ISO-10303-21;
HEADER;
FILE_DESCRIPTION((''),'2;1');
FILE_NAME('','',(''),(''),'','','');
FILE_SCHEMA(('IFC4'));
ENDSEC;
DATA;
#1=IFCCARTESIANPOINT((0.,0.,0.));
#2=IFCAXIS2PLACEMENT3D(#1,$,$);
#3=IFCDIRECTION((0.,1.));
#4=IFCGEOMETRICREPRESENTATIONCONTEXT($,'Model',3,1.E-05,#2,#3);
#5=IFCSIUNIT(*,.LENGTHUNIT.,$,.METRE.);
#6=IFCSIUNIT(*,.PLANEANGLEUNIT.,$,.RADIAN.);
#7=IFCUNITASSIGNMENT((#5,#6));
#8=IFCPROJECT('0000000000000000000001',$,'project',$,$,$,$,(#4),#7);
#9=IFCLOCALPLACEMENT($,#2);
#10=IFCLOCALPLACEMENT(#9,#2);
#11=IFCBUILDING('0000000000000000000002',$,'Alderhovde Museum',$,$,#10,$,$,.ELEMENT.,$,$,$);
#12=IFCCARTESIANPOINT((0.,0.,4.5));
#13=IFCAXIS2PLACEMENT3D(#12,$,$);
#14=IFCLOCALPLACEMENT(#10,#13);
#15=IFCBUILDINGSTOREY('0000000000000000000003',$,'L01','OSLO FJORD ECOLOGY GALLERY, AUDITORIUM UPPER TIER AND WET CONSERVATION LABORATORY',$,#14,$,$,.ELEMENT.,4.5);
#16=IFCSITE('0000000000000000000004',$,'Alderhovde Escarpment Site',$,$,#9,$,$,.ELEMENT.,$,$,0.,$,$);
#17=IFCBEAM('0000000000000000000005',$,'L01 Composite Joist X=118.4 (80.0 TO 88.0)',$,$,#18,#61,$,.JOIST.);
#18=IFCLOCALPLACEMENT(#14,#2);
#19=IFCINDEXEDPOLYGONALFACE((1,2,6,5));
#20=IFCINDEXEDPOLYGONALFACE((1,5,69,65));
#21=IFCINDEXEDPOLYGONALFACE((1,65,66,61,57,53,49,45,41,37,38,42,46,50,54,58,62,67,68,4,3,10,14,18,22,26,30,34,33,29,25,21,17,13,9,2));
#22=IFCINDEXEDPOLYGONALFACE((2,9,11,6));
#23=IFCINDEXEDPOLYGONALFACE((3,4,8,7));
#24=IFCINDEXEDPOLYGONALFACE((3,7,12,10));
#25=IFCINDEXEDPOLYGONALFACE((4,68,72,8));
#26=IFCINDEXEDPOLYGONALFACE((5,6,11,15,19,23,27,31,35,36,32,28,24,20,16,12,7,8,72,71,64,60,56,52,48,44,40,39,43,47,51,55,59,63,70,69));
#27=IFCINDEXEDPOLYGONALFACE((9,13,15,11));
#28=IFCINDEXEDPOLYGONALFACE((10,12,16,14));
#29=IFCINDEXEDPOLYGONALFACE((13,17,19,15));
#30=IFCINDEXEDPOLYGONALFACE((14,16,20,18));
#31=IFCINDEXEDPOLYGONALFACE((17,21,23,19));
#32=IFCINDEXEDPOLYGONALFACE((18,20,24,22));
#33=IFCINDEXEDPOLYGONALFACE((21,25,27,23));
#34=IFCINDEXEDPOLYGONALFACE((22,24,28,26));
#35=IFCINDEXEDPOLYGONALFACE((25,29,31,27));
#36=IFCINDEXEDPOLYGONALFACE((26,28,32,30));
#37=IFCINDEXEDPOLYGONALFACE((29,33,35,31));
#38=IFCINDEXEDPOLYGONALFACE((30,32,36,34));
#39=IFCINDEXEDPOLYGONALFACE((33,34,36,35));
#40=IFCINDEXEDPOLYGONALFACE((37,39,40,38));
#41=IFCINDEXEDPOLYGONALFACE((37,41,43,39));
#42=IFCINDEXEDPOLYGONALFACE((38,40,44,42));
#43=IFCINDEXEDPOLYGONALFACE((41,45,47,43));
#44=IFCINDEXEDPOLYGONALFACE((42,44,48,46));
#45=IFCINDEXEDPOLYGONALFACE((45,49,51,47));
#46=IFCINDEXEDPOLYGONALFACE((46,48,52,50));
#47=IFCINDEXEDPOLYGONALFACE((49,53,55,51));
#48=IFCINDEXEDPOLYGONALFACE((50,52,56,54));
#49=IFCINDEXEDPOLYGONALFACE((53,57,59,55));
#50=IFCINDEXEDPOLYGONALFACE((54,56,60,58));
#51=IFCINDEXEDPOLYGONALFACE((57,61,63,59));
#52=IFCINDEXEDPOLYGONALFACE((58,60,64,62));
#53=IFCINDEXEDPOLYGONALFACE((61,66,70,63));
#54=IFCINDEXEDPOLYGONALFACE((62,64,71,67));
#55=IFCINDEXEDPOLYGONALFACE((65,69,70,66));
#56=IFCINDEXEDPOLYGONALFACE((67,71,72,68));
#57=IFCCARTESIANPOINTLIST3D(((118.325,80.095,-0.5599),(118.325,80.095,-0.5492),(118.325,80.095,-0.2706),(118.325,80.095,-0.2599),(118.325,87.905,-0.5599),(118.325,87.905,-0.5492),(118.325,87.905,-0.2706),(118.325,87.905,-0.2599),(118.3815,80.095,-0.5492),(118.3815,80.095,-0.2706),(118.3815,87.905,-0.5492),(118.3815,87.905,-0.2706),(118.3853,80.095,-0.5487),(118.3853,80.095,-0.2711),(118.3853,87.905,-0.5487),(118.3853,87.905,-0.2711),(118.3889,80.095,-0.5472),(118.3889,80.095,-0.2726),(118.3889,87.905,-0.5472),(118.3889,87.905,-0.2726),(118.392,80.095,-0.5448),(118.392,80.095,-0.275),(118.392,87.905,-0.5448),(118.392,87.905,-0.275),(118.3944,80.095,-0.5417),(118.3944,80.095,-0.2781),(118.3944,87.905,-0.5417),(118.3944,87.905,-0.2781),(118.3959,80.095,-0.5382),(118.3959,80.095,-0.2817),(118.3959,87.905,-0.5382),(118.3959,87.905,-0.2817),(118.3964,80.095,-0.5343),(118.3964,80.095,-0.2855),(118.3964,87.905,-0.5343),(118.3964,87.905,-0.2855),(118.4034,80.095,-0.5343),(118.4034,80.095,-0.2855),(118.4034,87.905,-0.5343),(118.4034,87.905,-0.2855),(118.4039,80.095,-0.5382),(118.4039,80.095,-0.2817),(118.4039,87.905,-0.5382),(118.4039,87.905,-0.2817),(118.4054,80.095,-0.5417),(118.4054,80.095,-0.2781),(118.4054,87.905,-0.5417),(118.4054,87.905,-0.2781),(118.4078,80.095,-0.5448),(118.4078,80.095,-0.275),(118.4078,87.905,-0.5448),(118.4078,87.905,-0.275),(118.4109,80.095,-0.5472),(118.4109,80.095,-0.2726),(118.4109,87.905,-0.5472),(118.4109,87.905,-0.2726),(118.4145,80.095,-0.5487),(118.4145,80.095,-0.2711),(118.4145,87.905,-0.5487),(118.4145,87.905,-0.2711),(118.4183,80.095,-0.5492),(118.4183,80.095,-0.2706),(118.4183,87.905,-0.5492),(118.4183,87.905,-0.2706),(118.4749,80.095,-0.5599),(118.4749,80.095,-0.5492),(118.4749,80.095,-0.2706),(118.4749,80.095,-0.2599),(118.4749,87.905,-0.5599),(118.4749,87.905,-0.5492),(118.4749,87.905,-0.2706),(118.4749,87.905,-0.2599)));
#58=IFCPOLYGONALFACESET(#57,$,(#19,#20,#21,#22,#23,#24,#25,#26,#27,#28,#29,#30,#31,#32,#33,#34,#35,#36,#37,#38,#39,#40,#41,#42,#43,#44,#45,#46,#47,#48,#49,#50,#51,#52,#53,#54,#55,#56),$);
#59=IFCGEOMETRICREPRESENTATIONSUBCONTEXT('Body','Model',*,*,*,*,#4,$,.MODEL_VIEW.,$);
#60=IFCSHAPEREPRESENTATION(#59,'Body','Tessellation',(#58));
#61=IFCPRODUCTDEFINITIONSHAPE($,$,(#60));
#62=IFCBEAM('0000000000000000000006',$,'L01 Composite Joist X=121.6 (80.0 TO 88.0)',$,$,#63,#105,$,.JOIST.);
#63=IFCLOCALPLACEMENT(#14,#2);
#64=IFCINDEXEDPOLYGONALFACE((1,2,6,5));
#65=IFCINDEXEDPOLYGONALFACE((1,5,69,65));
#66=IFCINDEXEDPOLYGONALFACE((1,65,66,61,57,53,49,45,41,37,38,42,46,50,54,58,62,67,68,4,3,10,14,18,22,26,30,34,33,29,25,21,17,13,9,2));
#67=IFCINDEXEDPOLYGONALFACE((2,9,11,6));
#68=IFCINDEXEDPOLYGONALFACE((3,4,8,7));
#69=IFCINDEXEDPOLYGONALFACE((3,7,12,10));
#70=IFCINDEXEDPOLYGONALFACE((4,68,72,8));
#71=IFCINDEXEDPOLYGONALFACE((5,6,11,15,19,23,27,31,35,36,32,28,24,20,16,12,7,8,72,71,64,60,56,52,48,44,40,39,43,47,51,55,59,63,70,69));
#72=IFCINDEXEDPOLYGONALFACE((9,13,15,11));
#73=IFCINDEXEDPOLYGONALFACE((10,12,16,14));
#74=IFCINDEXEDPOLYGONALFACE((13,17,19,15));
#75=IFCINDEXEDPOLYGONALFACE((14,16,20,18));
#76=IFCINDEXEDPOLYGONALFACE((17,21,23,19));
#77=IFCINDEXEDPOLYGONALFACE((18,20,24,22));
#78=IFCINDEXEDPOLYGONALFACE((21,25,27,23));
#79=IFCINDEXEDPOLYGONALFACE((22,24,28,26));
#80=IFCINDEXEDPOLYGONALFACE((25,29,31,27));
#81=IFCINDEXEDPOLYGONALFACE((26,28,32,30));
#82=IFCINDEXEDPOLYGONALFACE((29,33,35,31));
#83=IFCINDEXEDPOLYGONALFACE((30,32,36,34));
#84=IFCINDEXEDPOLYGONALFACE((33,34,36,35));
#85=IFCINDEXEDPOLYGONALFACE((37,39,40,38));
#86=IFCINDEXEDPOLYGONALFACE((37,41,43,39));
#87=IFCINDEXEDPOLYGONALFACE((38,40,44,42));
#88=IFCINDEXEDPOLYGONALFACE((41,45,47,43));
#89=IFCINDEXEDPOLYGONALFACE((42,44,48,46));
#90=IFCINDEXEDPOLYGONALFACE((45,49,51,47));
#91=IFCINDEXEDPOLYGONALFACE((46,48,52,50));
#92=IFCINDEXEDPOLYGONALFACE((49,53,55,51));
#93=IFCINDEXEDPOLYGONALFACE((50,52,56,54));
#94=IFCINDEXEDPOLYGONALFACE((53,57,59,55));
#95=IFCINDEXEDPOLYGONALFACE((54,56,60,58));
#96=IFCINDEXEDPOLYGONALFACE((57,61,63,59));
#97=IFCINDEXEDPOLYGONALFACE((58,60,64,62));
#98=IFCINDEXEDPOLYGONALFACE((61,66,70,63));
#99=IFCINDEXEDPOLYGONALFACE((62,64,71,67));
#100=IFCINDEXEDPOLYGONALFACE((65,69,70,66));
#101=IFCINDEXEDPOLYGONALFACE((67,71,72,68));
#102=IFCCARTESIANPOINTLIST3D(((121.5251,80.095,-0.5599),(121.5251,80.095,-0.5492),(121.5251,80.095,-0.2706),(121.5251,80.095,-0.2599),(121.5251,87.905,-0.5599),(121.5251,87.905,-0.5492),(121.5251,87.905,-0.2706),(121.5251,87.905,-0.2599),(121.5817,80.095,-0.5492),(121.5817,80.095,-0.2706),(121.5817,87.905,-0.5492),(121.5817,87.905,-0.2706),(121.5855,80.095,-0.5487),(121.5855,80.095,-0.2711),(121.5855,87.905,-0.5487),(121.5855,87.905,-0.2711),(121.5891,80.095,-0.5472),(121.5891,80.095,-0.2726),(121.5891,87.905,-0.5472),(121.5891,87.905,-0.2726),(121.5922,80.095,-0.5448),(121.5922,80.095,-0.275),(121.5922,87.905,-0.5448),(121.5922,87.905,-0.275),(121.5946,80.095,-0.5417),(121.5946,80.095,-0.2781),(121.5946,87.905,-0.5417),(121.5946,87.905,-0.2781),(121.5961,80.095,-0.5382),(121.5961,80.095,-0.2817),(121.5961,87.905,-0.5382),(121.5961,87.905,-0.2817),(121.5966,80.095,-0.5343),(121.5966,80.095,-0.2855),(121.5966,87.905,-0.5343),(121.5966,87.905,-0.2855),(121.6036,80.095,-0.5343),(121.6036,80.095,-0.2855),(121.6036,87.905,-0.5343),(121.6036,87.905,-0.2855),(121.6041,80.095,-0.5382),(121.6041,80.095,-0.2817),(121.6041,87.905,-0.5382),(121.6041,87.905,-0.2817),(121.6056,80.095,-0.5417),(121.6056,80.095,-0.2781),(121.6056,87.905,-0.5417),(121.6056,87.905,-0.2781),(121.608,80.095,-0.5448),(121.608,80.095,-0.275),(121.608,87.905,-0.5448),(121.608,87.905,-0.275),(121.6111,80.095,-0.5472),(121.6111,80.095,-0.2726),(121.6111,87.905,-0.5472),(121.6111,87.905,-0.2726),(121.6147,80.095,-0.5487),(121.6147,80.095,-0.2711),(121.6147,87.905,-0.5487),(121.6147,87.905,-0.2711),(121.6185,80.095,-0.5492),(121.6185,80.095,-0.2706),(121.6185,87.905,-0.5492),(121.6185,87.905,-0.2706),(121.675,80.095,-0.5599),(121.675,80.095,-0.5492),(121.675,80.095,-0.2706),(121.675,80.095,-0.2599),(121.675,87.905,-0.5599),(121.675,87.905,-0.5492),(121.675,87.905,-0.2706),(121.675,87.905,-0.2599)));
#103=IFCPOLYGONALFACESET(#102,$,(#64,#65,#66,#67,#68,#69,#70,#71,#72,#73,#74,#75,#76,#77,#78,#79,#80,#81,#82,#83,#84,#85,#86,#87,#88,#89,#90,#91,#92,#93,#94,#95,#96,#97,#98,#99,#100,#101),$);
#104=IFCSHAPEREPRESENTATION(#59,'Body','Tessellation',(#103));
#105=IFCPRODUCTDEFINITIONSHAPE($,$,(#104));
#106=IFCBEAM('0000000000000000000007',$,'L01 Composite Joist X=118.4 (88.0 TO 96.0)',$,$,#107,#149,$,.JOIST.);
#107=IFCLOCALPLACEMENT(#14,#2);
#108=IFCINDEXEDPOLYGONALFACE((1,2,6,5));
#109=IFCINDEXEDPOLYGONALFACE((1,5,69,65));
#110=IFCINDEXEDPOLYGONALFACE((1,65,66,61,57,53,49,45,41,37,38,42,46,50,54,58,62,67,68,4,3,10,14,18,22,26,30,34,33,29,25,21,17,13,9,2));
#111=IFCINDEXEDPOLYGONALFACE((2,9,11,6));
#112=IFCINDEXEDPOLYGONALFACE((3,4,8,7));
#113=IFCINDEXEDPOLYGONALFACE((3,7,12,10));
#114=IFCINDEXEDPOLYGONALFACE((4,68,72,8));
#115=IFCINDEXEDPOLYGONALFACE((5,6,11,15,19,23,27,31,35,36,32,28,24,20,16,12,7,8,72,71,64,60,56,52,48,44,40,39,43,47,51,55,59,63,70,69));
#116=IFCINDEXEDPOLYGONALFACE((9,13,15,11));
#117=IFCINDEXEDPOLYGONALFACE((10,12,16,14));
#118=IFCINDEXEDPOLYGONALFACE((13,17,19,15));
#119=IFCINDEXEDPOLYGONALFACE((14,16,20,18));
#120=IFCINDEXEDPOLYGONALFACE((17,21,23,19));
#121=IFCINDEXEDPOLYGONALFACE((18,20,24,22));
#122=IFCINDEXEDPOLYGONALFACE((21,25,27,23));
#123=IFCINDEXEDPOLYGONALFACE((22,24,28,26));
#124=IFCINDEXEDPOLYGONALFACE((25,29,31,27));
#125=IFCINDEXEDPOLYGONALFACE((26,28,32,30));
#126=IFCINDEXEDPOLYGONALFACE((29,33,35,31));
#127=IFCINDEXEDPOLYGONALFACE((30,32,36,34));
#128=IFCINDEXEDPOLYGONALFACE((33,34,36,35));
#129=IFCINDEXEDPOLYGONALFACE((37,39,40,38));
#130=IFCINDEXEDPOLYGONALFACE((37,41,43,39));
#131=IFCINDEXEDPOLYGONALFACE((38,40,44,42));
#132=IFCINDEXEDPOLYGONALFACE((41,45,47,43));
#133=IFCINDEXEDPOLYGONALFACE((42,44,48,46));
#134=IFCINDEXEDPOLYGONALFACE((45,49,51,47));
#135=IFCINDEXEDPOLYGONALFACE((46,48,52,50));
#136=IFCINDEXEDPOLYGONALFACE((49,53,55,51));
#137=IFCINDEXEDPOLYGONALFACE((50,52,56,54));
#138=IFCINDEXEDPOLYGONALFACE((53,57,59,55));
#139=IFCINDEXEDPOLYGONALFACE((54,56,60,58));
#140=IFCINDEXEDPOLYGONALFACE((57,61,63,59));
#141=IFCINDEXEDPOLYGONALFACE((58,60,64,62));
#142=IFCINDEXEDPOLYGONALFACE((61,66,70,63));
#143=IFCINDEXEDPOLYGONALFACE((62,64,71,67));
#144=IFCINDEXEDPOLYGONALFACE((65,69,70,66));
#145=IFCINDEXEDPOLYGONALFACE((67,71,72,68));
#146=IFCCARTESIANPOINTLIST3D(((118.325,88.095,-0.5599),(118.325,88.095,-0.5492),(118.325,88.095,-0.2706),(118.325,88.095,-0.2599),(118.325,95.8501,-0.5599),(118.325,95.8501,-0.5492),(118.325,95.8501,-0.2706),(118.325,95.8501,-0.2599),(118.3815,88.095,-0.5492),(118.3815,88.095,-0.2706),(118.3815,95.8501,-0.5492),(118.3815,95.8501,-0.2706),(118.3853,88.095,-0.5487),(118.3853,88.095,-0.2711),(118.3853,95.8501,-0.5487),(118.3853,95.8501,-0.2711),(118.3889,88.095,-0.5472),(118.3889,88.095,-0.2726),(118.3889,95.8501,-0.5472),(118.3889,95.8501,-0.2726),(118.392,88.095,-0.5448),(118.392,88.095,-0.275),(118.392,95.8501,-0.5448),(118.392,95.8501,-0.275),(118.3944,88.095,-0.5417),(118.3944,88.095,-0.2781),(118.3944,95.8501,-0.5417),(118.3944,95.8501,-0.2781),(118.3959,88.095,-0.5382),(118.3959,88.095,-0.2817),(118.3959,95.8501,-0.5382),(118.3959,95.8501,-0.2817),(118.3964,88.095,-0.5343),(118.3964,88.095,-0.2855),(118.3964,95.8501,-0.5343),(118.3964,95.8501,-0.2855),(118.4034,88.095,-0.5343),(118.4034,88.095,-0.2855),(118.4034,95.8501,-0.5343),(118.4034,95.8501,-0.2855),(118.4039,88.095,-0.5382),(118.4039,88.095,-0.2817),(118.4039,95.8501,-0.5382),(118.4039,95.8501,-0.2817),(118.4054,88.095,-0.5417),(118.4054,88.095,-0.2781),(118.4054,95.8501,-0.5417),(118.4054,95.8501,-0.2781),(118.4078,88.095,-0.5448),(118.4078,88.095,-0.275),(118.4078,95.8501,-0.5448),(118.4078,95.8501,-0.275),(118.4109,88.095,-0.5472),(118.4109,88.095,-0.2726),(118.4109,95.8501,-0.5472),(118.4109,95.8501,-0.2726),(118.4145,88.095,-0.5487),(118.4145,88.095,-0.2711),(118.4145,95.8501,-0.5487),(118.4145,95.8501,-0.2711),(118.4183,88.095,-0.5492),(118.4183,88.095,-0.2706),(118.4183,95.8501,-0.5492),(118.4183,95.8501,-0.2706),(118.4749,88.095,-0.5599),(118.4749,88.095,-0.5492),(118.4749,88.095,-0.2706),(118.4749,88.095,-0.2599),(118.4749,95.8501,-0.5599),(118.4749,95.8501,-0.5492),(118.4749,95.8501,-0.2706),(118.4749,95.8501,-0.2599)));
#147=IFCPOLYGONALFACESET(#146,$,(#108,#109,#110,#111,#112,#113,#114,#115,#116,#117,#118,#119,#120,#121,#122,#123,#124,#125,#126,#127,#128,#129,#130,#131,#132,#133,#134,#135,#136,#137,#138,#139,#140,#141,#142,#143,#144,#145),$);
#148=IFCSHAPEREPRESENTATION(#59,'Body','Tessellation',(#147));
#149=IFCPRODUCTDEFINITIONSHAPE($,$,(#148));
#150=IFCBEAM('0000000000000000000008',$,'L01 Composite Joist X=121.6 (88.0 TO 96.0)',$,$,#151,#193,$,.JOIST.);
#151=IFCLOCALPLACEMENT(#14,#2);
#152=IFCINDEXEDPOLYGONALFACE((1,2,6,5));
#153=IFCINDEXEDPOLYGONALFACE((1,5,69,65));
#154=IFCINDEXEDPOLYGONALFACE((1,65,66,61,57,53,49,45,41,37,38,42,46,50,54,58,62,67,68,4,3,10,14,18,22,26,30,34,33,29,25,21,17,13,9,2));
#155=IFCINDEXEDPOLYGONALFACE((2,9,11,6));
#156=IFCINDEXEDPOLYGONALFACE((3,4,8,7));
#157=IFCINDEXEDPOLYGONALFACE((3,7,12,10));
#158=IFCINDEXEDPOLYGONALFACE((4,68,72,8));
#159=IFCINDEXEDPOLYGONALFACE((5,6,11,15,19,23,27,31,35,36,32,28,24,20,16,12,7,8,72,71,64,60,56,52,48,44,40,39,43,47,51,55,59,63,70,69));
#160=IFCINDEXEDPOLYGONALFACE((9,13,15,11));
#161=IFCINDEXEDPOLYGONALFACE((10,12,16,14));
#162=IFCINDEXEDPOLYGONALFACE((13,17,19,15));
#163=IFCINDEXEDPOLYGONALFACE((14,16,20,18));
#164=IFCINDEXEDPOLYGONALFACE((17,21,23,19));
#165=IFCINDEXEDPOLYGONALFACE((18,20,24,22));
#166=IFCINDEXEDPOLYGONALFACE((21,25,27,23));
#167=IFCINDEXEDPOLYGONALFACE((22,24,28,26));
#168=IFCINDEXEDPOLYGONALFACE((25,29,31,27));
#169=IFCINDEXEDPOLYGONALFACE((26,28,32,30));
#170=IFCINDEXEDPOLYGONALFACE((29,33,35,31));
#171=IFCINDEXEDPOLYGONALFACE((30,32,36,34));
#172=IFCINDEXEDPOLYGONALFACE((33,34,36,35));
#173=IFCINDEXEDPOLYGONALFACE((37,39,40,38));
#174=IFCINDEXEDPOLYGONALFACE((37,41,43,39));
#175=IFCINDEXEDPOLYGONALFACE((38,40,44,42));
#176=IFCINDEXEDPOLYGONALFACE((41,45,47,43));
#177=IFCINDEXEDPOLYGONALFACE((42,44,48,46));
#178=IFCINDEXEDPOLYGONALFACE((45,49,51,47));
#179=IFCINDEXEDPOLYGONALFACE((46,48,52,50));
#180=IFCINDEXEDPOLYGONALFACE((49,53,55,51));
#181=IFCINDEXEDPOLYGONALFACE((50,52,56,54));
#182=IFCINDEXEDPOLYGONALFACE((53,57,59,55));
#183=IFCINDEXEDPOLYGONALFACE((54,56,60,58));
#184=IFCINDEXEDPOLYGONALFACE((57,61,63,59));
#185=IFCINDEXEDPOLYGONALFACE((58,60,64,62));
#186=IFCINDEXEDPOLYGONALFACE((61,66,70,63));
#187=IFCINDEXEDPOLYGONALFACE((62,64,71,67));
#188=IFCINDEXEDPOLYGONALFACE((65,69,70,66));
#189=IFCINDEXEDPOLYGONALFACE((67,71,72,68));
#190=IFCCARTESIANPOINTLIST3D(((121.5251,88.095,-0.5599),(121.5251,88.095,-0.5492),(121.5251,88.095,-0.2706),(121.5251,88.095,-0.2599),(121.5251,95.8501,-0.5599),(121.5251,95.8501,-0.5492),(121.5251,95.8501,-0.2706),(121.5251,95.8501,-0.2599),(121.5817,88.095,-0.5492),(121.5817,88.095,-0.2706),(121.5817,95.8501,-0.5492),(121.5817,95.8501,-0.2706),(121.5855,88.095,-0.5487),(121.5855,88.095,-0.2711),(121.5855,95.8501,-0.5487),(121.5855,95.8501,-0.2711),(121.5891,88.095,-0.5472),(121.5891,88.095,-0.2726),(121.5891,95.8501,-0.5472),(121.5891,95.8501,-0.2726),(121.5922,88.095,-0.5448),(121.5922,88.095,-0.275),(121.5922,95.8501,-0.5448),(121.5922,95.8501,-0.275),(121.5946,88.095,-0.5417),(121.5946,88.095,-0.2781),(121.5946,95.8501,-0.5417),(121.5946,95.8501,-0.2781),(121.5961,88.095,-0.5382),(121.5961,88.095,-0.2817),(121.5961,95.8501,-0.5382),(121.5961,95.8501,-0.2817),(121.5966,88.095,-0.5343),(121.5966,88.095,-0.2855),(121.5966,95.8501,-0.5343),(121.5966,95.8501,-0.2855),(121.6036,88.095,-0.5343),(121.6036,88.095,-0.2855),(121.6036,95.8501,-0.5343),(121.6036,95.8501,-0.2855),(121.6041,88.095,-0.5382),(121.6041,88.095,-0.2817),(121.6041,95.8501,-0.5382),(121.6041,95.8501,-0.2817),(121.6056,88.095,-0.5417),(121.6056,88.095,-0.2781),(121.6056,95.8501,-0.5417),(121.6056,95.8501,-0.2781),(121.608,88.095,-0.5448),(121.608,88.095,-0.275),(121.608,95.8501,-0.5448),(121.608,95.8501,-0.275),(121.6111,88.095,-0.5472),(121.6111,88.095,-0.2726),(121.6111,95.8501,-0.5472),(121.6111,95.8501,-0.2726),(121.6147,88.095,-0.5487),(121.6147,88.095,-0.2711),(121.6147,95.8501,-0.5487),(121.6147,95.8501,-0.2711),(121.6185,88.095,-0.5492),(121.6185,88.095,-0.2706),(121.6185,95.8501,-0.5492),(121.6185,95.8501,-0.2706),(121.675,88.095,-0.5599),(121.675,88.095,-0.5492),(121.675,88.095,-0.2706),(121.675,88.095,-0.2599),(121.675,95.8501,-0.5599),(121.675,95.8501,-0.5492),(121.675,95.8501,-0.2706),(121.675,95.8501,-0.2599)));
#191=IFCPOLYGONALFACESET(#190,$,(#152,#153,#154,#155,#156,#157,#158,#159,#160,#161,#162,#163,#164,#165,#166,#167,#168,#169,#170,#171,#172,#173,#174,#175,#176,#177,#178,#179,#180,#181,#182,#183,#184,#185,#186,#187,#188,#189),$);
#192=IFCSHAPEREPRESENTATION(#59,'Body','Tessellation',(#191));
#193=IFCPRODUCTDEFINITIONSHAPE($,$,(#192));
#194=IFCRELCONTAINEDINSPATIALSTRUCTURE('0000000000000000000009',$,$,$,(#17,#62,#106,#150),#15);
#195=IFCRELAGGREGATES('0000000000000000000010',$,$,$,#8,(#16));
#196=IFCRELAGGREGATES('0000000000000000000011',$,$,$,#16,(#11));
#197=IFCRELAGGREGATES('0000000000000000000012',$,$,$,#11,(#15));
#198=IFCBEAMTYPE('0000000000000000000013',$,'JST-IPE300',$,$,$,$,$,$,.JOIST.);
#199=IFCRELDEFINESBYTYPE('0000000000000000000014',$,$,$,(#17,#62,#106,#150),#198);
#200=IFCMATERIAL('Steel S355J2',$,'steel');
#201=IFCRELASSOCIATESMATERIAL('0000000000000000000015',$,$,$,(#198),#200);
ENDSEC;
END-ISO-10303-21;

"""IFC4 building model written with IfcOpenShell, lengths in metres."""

from ifc_helpers import new_model, si_unit, direction, frame, origin, origin_2d, place, context, subcontext, project, spatial, i_section, extrude, material, material_profile, profile_set, type_object, element, save


model = new_model("IFC4")

# Units and contexts
model_context = context("Model", 3, precision=1e-05, world=origin(), true_north=direction((0.0, 1.0)))
body_context = subcontext(model_context, "Body", "Model", "MODEL_VIEW")
ifc_project = project(units=[si_unit("LENGTHUNIT", "METRE"), si_unit("PLANEANGLEUNIT", "RADIAN")], contexts=[model_context])

# Site, building, storey
site_placement = place(None, origin())
site = spatial("IfcSite", under=ifc_project, at=site_placement, Name="Alderhovde Escarpment Site", CompositionType="ELEMENT", RefElevation=0.0)
building_placement = place(site_placement, origin())
building = spatial("IfcBuilding", under=site, at=building_placement, Name="Alderhovde Museum", CompositionType="ELEMENT")
storey_placement = place(building_placement, frame((0.0, 0.0, 4.5)))
storey = spatial("IfcBuildingStorey", under=building, at=storey_placement, Name="L01", Description="OSLO FJORD ECOLOGY GALLERY, AUDITORIUM UPPER TIER AND WET CONSERVATION LABORATORY", CompositionType="ELEMENT", Elevation=4.5)

# Beams
ifc_material_1 = material(Name="Steel S355J2", Category="steel")
ifc_material_profile_1 = material_profile(ifc_material_1, i_section(OverallWidth=0.1499, OverallDepth=0.3, WebThickness=0.0071, FlangeThickness=0.0107, FilletRadius=0.0149, at=origin_2d()), Name="IPE 300")
ifc_profile_set_1 = profile_set([ifc_material_profile_1], Name="Steel S355J2")
beam_type_1 = type_object("IfcBeamType", Name="JST-IPE300", PredefinedType="JOIST", material=ifc_profile_set_1)
for number, where, z_axis, x_axis, name in (
    (1, (118.3999, 80.095, -0.4099), (0.0, 1.0, 0.0), (-1.0, 0.0, 0.0), "L01 Composite Joist X=118.4 (80.0 TO 88.0)"),
    (2, (121.6001, 80.095, -0.4099), (0.0, 1.0, 0.0), (-1.0, 0.0, 0.0), "L01 Composite Joist X=121.6 (80.0 TO 88.0)"),
):
    element("IfcBeam", number, at=place(storey_placement, frame(where, z_axis=z_axis, x_axis=x_axis)), inside=storey, type_object=beam_type_1, Name=name, PredefinedType="JOIST", context=body_context, shape_type="SweptSolid", body=[
        extrude(i_section(OverallWidth=0.1499, OverallDepth=0.3, WebThickness=0.0071, FlangeThickness=0.0107, FilletRadius=0.0149, at=origin_2d()), origin(), (0.0, 0.0, 1.0), 7.8101),
    ])
for number, where, z_axis, x_axis, name in (
    (3, (118.3999, 88.095, -0.4099), (0.0, 1.0, 0.0), (-1.0, 0.0, 0.0), "L01 Composite Joist X=118.4 (88.0 TO 96.0)"),
    (4, (121.6001, 88.095, -0.4099), (0.0, 1.0, 0.0), (-1.0, 0.0, 0.0), "L01 Composite Joist X=121.6 (88.0 TO 96.0)"),
):
    element("IfcBeam", number, at=place(storey_placement, frame(where, z_axis=z_axis, x_axis=x_axis)), inside=storey, type_object=beam_type_1, Name=name, PredefinedType="JOIST", context=body_context, shape_type="SweptSolid", body=[
        extrude(i_section(OverallWidth=0.1499, OverallDepth=0.3, WebThickness=0.0071, FlangeThickness=0.0107, FilletRadius=0.0149, at=origin_2d()), origin(), (0.0, 0.0, 1.0), 7.7551),
    ])

save(model, "model.ifc")
